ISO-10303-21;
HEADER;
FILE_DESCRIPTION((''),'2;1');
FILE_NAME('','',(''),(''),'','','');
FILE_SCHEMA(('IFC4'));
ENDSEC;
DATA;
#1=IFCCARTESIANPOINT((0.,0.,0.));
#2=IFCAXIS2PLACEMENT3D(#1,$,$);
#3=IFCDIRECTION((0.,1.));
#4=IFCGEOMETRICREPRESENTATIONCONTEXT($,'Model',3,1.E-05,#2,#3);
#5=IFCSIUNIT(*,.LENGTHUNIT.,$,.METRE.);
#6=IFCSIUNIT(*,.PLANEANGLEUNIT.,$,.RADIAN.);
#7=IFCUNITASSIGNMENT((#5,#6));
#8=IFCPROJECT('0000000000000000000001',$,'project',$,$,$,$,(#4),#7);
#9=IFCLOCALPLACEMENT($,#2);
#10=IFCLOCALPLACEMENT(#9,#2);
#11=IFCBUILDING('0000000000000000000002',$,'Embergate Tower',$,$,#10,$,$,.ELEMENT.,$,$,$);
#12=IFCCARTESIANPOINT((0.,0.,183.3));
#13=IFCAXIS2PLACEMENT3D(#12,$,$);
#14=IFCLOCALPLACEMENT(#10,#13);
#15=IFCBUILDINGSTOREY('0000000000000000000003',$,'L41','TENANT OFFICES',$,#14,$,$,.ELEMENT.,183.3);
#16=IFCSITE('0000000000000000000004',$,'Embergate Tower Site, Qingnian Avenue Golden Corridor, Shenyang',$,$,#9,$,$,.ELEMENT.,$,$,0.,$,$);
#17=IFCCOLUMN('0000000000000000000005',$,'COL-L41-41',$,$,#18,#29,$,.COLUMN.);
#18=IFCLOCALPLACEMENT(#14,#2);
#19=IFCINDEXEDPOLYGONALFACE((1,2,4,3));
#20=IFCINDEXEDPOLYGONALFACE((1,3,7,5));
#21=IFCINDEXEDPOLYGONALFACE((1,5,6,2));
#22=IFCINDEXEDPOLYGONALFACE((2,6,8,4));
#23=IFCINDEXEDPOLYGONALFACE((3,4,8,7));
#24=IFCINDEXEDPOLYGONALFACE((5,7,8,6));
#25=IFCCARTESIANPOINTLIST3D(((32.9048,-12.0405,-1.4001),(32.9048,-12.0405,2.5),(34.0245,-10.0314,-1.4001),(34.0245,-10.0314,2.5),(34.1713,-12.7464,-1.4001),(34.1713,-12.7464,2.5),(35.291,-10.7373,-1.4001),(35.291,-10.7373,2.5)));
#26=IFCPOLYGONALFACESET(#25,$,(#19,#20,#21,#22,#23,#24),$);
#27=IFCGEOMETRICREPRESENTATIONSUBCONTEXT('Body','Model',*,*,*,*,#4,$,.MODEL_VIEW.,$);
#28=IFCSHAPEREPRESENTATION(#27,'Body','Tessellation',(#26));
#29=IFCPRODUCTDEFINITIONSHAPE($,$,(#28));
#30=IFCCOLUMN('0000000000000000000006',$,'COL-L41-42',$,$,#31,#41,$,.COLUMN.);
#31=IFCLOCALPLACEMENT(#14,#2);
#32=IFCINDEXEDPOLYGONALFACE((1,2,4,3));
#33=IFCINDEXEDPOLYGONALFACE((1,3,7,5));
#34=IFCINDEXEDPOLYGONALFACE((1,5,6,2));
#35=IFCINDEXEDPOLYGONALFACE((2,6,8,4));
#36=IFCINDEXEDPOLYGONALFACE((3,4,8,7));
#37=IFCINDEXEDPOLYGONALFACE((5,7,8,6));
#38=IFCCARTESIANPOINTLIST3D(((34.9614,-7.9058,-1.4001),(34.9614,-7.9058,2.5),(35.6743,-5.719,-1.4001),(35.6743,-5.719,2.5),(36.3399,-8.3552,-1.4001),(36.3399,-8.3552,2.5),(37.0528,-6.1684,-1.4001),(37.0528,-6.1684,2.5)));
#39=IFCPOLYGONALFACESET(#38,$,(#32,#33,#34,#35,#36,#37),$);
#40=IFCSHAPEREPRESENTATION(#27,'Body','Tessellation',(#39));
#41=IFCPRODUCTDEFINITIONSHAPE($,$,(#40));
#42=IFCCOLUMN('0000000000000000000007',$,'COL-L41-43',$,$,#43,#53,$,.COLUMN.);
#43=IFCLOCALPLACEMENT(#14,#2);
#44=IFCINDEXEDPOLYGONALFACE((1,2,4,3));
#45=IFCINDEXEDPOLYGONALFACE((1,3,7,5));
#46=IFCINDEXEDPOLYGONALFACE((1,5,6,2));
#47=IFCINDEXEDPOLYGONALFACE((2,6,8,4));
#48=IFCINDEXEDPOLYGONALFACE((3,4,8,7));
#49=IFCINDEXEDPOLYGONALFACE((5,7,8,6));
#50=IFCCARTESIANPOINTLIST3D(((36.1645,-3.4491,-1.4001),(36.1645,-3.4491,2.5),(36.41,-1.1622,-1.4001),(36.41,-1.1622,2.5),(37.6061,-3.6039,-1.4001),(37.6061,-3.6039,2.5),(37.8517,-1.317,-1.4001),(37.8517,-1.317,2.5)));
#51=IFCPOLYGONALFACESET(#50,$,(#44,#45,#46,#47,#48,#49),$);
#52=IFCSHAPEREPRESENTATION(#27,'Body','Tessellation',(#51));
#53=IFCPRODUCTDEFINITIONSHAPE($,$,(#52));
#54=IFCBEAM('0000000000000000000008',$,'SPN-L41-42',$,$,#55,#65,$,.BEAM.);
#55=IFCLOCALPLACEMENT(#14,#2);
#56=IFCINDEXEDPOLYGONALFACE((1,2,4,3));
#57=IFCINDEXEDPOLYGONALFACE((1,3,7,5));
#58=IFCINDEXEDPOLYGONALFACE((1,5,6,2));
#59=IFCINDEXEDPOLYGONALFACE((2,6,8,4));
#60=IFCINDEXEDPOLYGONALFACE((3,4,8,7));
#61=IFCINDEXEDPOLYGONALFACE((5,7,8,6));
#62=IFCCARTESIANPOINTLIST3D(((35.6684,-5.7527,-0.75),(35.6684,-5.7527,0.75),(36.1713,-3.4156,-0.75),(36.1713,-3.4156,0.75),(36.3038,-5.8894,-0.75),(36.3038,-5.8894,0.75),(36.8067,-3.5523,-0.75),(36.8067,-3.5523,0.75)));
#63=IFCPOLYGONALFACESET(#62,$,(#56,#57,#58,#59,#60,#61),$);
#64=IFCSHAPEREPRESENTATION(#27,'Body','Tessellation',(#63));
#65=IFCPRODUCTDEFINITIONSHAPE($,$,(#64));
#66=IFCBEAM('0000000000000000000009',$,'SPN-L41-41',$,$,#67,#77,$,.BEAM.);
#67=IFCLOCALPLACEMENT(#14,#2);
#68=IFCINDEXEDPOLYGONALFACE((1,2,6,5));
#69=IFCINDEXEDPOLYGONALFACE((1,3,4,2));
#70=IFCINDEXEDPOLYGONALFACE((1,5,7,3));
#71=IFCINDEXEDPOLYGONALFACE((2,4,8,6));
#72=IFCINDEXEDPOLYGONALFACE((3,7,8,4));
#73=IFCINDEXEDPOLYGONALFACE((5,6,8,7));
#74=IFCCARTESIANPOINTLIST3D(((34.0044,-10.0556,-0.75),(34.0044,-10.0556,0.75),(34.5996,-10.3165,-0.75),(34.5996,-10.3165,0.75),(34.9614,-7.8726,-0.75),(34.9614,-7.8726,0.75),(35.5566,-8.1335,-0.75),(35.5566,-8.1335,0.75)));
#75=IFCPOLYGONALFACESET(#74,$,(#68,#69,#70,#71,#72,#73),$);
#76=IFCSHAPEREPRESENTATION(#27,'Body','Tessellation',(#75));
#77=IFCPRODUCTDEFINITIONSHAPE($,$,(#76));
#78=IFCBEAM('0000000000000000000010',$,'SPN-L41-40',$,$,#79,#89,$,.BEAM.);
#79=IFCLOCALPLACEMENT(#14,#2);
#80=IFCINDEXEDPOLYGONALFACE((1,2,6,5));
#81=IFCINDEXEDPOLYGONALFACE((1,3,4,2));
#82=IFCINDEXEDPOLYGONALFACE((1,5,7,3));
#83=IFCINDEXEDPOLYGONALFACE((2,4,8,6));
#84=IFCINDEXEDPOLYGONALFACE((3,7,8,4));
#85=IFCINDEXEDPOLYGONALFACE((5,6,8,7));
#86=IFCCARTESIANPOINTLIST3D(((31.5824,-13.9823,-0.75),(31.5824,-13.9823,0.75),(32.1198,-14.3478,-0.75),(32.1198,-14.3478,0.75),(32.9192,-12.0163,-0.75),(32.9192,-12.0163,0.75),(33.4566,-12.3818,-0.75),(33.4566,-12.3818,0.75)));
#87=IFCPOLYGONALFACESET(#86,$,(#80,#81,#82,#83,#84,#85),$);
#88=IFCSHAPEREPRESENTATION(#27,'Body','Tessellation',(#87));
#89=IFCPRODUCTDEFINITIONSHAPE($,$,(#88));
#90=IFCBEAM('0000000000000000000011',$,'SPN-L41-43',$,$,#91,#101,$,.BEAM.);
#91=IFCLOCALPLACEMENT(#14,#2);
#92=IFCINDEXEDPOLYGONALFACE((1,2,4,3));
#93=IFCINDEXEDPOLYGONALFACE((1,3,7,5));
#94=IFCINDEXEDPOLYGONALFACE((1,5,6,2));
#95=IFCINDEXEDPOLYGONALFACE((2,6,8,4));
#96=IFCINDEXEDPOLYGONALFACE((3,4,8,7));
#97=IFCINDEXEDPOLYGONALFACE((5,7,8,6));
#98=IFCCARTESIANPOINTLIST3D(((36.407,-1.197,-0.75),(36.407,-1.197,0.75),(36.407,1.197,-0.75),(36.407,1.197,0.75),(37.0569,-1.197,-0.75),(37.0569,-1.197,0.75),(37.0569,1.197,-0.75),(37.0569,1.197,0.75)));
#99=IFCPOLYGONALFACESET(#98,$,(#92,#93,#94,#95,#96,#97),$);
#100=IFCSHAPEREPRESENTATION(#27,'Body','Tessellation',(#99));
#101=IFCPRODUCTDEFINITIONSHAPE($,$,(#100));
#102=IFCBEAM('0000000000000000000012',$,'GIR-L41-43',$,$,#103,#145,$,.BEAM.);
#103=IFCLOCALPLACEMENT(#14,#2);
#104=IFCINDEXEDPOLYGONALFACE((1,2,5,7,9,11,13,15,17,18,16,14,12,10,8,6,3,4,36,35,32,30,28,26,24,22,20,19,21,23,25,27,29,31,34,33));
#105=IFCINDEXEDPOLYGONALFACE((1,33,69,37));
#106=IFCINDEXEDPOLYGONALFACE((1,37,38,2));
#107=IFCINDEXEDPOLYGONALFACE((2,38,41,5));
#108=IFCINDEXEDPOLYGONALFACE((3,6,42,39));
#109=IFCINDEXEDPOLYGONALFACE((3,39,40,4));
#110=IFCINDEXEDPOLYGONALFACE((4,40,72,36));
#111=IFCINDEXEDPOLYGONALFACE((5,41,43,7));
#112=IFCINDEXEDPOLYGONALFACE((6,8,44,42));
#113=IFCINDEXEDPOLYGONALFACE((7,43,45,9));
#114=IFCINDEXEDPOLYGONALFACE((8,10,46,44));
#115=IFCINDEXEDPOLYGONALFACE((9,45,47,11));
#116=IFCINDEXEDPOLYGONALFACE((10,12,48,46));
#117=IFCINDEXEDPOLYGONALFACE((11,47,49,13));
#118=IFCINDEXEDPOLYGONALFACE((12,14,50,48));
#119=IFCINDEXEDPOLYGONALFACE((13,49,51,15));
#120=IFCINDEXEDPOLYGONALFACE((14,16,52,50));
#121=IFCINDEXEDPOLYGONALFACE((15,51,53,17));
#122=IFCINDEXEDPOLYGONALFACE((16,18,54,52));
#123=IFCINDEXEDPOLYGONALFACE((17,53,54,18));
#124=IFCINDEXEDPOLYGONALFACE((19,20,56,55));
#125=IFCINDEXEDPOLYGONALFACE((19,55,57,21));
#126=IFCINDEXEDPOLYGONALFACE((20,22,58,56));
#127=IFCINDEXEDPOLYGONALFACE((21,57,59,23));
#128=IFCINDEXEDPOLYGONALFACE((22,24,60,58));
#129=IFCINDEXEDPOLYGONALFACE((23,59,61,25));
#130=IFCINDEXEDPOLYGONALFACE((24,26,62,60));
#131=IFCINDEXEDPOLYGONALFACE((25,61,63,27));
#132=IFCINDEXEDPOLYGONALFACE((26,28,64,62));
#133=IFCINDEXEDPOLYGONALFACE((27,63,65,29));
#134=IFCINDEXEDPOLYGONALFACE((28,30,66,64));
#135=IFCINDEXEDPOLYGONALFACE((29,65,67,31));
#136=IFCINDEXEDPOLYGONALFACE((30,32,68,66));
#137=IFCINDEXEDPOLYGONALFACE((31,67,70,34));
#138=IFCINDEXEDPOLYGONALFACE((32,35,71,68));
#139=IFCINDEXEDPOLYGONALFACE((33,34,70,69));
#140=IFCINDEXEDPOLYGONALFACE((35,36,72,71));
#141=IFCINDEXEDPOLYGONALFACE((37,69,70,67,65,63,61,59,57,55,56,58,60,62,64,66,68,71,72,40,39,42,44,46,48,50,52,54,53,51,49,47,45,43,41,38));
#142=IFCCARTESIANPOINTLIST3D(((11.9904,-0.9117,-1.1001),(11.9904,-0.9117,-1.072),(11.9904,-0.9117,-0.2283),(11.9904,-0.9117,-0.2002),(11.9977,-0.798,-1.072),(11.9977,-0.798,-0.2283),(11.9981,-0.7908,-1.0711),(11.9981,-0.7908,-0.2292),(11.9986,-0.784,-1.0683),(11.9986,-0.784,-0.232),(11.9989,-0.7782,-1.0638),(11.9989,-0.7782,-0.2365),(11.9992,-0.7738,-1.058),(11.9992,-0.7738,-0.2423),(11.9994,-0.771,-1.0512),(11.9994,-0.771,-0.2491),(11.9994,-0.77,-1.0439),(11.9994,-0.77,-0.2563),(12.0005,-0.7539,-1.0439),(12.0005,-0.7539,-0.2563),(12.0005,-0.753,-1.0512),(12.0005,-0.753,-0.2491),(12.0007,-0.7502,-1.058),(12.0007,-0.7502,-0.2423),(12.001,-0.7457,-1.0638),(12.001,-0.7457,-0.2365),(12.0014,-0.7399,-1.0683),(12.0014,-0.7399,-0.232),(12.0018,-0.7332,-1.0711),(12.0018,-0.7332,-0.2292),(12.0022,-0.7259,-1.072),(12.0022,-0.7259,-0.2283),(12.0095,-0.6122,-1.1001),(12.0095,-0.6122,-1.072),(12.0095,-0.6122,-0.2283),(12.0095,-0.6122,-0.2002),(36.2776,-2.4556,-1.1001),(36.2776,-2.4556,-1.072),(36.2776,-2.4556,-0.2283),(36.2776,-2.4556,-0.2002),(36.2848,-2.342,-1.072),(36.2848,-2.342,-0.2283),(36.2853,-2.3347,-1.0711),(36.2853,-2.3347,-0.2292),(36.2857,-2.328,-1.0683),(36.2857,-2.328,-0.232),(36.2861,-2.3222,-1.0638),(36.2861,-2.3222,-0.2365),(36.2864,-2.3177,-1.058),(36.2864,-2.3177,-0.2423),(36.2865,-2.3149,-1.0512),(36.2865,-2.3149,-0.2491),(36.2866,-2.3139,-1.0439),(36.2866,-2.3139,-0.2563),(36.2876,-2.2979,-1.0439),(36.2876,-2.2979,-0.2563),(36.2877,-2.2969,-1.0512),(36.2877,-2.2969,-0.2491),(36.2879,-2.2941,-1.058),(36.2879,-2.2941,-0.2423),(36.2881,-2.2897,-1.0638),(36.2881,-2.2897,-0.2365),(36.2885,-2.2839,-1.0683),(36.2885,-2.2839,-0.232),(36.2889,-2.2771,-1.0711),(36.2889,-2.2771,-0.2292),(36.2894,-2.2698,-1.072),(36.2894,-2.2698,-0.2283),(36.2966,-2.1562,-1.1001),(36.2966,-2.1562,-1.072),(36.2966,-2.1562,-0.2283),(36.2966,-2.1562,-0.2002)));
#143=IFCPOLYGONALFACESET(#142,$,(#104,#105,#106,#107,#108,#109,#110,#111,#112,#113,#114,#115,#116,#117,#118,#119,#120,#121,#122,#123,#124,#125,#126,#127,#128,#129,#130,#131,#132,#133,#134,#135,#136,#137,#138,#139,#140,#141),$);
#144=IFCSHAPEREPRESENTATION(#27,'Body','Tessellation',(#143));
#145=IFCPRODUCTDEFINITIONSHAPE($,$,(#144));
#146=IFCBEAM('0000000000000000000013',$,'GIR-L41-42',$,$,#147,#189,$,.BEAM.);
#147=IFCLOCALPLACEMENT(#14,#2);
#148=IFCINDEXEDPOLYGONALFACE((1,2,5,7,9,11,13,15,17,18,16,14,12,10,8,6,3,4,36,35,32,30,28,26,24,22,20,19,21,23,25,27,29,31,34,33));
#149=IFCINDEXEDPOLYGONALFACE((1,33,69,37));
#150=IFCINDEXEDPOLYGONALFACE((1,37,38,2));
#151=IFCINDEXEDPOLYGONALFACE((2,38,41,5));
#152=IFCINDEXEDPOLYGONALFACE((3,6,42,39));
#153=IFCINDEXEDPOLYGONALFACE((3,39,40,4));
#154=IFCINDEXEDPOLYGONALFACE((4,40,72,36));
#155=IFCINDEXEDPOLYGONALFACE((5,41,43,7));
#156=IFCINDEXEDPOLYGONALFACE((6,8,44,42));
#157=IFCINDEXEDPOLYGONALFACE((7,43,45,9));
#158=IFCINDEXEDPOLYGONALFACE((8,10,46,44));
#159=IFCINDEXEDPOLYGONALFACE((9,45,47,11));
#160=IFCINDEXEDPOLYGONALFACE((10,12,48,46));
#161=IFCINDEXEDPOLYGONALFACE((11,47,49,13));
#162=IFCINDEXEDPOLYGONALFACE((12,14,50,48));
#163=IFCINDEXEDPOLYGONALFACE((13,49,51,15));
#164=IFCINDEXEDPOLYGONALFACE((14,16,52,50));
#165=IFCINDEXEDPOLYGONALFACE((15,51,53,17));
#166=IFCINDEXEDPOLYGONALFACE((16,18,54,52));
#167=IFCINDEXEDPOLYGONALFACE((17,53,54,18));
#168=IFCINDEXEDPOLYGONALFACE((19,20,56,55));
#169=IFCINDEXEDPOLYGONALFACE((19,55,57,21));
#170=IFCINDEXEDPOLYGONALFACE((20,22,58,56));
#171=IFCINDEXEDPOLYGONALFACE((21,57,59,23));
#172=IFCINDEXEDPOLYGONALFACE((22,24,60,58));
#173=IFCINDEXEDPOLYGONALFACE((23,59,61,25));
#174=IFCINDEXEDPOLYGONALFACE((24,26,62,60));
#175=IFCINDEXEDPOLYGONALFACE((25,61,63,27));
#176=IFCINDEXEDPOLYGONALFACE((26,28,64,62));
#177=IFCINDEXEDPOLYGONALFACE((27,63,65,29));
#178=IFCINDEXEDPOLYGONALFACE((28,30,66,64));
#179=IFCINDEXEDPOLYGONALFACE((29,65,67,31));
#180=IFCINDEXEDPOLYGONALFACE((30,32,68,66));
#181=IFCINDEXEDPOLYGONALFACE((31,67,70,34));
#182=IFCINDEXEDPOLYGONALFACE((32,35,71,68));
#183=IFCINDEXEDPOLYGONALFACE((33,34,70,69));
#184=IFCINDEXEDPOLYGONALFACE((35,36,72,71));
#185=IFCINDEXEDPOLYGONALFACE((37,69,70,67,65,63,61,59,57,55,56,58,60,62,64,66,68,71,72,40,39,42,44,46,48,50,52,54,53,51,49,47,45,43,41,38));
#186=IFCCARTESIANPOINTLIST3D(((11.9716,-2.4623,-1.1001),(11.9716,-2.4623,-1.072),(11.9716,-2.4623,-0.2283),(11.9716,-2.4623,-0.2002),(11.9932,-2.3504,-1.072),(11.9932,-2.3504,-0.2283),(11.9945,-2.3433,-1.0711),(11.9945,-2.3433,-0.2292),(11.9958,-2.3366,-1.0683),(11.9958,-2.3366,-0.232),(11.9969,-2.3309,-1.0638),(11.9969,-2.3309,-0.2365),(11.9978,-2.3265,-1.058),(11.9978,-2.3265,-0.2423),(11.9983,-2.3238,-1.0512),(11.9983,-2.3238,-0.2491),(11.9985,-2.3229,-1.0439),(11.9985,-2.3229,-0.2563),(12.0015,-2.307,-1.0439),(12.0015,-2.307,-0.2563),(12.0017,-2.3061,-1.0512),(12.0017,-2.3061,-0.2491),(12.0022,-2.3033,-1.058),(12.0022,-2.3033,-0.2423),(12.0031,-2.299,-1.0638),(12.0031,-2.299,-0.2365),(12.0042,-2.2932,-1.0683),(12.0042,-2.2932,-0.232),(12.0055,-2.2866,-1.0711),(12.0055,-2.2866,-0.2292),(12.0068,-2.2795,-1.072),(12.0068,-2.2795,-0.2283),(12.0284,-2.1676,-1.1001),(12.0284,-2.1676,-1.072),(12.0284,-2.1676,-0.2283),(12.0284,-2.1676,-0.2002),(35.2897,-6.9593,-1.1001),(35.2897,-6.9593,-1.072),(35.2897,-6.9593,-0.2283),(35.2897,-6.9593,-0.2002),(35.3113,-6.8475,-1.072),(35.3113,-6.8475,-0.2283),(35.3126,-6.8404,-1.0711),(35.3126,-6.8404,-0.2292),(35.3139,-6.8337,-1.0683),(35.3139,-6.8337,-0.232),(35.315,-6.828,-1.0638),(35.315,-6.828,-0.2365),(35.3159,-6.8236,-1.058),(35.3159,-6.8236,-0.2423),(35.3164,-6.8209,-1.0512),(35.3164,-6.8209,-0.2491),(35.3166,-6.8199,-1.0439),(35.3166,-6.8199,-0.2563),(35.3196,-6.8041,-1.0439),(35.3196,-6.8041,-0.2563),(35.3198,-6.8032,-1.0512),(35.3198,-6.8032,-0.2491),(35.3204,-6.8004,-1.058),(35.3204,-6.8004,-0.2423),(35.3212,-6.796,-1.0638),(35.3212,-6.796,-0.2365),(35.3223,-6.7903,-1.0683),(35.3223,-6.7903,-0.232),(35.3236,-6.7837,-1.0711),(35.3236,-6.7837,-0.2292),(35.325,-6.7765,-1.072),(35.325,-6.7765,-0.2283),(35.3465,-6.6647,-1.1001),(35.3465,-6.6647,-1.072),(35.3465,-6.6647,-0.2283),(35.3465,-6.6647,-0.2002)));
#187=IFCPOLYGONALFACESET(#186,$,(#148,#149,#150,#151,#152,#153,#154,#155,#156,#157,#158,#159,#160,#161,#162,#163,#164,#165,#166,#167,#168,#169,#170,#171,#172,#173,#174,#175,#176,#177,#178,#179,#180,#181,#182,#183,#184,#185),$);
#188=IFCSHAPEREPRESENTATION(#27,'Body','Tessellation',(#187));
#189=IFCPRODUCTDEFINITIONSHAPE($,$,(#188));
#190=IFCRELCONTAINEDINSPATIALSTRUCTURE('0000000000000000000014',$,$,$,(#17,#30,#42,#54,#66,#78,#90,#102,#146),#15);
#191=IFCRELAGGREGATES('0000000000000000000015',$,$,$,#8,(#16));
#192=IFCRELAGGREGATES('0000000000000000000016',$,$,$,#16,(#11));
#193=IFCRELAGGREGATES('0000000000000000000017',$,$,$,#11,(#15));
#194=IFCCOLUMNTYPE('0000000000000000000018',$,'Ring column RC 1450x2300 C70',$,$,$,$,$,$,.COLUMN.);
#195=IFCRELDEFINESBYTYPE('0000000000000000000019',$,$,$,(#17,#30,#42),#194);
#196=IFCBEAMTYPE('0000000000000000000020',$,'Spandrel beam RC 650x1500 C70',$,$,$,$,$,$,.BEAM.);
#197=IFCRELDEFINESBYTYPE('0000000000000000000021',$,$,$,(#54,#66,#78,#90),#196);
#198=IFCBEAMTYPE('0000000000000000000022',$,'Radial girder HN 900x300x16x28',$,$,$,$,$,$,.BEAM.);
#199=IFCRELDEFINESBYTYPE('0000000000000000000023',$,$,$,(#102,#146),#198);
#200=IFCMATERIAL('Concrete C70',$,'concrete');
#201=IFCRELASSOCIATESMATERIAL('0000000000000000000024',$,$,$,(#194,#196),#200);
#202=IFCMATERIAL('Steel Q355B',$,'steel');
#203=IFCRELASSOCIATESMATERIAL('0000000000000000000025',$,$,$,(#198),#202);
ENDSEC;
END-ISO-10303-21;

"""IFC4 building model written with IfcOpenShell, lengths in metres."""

from ifc_helpers import new_model, si_unit, direction, frame, origin, origin_2d, place, context, subcontext, project, spatial, rectangle, i_section, extrude, source, transform, mapped, material, material_profile, profile_set, type_object, element, save


model = new_model("IFC4")

# Units and contexts
model_context = context("Model", 3, precision=1e-05, world=origin(), true_north=direction((0.0, 1.0)))
body_context = subcontext(model_context, "Body", "Model", "MODEL_VIEW")
ifc_project = project(units=[si_unit("LENGTHUNIT", "METRE"), si_unit("PLANEANGLEUNIT", "RADIAN")], contexts=[model_context])

# Site, building, storey
site_placement = place(None, origin())
site = spatial("IfcSite", under=ifc_project, at=site_placement, Name="Embergate Tower Site, Qingnian Avenue Golden Corridor, Shenyang", CompositionType="ELEMENT", RefElevation=0.0)
building_placement = place(site_placement, origin())
building = spatial("IfcBuilding", under=site, at=building_placement, Name="Embergate Tower", CompositionType="ELEMENT")
storey_placement = place(building_placement, frame((0.0, 0.0, 183.3)))
storey = spatial("IfcBuildingStorey", under=building, at=storey_placement, Name="L41", Description="TENANT OFFICES", CompositionType="ELEMENT", Elevation=183.3)

# Columns
ifc_material_1 = material(Name="Concrete C70", Category="concrete")
ifc_material_profile_1 = material_profile(ifc_material_1, rectangle(XDim=1.45, YDim=2.3, at=origin_2d()), Name="RC 1450x2300")
ifc_profile_set_1 = profile_set([ifc_material_profile_1], Name="Concrete C70")
column_type = type_object("IfcColumnType", Name="Ring column RC 1450x2300 C70", PredefinedType="COLUMN", material=ifc_profile_set_1)
shared_shape_1 = source(origin(), body_context, "Body", "SweptSolid", [
    extrude(rectangle(XDim=1.45, YDim=2.3, at=origin_2d()), origin(), (0.0, 0.0, 1.0), 3.9001),
])
for number, where, z_axis, x_axis, name in (
    (1, (34.0979, -11.3889, -1.4001), (0.0, 0.0, 1.0), (0.873492, -0.486839, 0.0), "COL-L41-41"),
    (2, (36.0071, -7.0371, -1.4001), (0.0, 0.0, 1.0), (0.950754, -0.309946, 0.0), "COL-L41-42"),
    (3, (37.0081, -2.3831, -1.4001), (0.0, 0.0, 1.0), (0.994286, -0.10675, 0.0), "COL-L41-43"),
):
    element("IfcColumn", number, at=place(storey_placement, frame(where, z_axis=z_axis, x_axis=x_axis)), inside=storey, type_object=column_type, Name=name, PredefinedType="COLUMN", context=body_context, shape_type="MappedRepresentation", body=[
        mapped(shared_shape_1, transform((0.0, 0.0, 0.0))),
    ])

# Beams
ifc_material_profile_2 = material_profile(ifc_material_1, rectangle(XDim=0.6499, YDim=1.5, at=origin_2d()), Name="RC 650x1500")
ifc_profile_set_2 = profile_set([ifc_material_profile_2], Name="Concrete C70")
beam_type_1 = type_object("IfcBeamType", Name="Spandrel beam RC 650x1500 C70", PredefinedType="BEAM", material=ifc_profile_set_2)
shared_shape_2 = source(origin(), body_context, "Body", "SweptSolid", [
    extrude(rectangle(XDim=0.6499, YDim=1.5, at=origin_2d()), origin(), (0.0, 0.0, 1.0), 2.3906),
])
beam_1_placement = place(storey_placement, frame((35.9861, -5.821, 0.0), z_axis=(0.210373, 0.977621, 0.0), x_axis=(-0.977621, 0.210373, 0.0)))
element("IfcBeam", 4, at=beam_1_placement, inside=storey, type_object=beam_type_1, Name="SPN-L41-42", PredefinedType="BEAM", context=body_context, shape_type="MappedRepresentation", body=[
    mapped(shared_shape_2, transform((0.0, 0.0, 0.0))),
])
shared_shape_3 = source(origin(), body_context, "Body", "SweptSolid", [
    extrude(rectangle(XDim=0.6499, YDim=1.5, at=origin_2d()), origin(), (0.0, 0.0, 1.0), 2.3835),
])
beam_2_placement = place(storey_placement, frame((34.302, -10.186, 0.0), z_axis=(0.401496, 0.915861, 0.0), x_axis=(-0.915861, 0.401496, 0.0)))
element("IfcBeam", 5, at=beam_2_placement, inside=storey, type_object=beam_type_1, Name="SPN-L41-41", PredefinedType="BEAM", context=body_context, shape_type="MappedRepresentation", body=[
    mapped(shared_shape_3, transform((0.0, 0.0, 0.0))),
])
shared_shape_4 = source(origin(), body_context, "Body", "SweptSolid", [
    extrude(rectangle(XDim=0.6499, YDim=1.5, at=origin_2d()), origin(), (0.0, 0.0, 1.0), 2.3774),
])
beam_3_placement = place(storey_placement, frame((31.8511, -14.165, 0.0), z_axis=(0.562307, 0.826928, 0.0), x_axis=(-0.826928, 0.562307, 0.0)))
element("IfcBeam", 6, at=beam_3_placement, inside=storey, type_object=beam_type_1, Name="SPN-L41-40", PredefinedType="BEAM", context=body_context, shape_type="MappedRepresentation", body=[
    mapped(shared_shape_4, transform((0.0, 0.0, 0.0))),
])
shared_shape_5 = source(origin(), body_context, "Body", "SweptSolid", [
    extrude(rectangle(XDim=0.6499, YDim=1.5, at=origin_2d()), origin(), (0.0, 0.0, 1.0), 2.394),
])
beam_4_placement = place(storey_placement, frame((36.7319, -1.197, 0.0), z_axis=(0.0, 1.0, 0.0), x_axis=(-1.0, 0.0, 0.0)))
element("IfcBeam", 7, at=beam_4_placement, inside=storey, type_object=beam_type_1, Name="SPN-L41-43", PredefinedType="BEAM", context=body_context, shape_type="MappedRepresentation", body=[
    mapped(shared_shape_5, transform((0.0, 0.0, 0.0))),
])
ifc_material_2 = material(Name="Steel Q355B", Category="steel")
ifc_material_profile_3 = material_profile(ifc_material_2, i_section(OverallWidth=0.3, OverallDepth=0.8999, WebThickness=0.0161, FlangeThickness=0.0281, FilletRadius=0.0281, at=origin_2d()), Name="HN 900x300x16x28")
ifc_profile_set_3 = profile_set([ifc_material_profile_3], Name="Steel Q355 grade B")
beam_type_2 = type_object("IfcBeamType", Name="Radial girder HN 900x300x16x28", PredefinedType="BEAM", material=ifc_profile_set_3)
shared_shape_6 = source(origin(), body_context, "Body", "SweptSolid", [
    extrude(i_section(OverallWidth=0.3, OverallDepth=0.8999, WebThickness=0.0161, FlangeThickness=0.0281, FilletRadius=0.0281, at=origin_2d()), origin(), (0.0, 0.0, 1.0), 24.3362),
])
beam_5_placement = place(storey_placement, frame((36.2871, -2.3059, -0.6501), z_axis=(-0.997985, 0.063443, 0.0), x_axis=(-0.063443, -0.997985, 0.0)))
element("IfcBeam", 8, at=beam_5_placement, inside=storey, type_object=beam_type_2, Name="GIR-L41-43", PredefinedType="BEAM", context=body_context, shape_type="MappedRepresentation", body=[
    mapped(shared_shape_6, transform((0.0, 0.0, 0.0))),
])
shared_shape_7 = source(origin(), body_context, "Body", "SweptSolid", [
    extrude(i_section(OverallWidth=0.3, OverallDepth=0.8999, WebThickness=0.0161, FlangeThickness=0.0281, FilletRadius=0.0281, at=origin_2d()), origin(), (0.0, 0.0, 1.0), 23.7478),
])
beam_6_placement = place(storey_placement, frame((35.3181, -6.812, -0.6501), z_axis=(-0.981906, 0.189368, 0.0), x_axis=(-0.189368, -0.981906, 0.0)))
element("IfcBeam", 9, at=beam_6_placement, inside=storey, type_object=beam_type_2, Name="GIR-L41-42", PredefinedType="BEAM", context=body_context, shape_type="MappedRepresentation", body=[
    mapped(shared_shape_7, transform((0.0, 0.0, 0.0))),
])

save(model, "model.ifc")
